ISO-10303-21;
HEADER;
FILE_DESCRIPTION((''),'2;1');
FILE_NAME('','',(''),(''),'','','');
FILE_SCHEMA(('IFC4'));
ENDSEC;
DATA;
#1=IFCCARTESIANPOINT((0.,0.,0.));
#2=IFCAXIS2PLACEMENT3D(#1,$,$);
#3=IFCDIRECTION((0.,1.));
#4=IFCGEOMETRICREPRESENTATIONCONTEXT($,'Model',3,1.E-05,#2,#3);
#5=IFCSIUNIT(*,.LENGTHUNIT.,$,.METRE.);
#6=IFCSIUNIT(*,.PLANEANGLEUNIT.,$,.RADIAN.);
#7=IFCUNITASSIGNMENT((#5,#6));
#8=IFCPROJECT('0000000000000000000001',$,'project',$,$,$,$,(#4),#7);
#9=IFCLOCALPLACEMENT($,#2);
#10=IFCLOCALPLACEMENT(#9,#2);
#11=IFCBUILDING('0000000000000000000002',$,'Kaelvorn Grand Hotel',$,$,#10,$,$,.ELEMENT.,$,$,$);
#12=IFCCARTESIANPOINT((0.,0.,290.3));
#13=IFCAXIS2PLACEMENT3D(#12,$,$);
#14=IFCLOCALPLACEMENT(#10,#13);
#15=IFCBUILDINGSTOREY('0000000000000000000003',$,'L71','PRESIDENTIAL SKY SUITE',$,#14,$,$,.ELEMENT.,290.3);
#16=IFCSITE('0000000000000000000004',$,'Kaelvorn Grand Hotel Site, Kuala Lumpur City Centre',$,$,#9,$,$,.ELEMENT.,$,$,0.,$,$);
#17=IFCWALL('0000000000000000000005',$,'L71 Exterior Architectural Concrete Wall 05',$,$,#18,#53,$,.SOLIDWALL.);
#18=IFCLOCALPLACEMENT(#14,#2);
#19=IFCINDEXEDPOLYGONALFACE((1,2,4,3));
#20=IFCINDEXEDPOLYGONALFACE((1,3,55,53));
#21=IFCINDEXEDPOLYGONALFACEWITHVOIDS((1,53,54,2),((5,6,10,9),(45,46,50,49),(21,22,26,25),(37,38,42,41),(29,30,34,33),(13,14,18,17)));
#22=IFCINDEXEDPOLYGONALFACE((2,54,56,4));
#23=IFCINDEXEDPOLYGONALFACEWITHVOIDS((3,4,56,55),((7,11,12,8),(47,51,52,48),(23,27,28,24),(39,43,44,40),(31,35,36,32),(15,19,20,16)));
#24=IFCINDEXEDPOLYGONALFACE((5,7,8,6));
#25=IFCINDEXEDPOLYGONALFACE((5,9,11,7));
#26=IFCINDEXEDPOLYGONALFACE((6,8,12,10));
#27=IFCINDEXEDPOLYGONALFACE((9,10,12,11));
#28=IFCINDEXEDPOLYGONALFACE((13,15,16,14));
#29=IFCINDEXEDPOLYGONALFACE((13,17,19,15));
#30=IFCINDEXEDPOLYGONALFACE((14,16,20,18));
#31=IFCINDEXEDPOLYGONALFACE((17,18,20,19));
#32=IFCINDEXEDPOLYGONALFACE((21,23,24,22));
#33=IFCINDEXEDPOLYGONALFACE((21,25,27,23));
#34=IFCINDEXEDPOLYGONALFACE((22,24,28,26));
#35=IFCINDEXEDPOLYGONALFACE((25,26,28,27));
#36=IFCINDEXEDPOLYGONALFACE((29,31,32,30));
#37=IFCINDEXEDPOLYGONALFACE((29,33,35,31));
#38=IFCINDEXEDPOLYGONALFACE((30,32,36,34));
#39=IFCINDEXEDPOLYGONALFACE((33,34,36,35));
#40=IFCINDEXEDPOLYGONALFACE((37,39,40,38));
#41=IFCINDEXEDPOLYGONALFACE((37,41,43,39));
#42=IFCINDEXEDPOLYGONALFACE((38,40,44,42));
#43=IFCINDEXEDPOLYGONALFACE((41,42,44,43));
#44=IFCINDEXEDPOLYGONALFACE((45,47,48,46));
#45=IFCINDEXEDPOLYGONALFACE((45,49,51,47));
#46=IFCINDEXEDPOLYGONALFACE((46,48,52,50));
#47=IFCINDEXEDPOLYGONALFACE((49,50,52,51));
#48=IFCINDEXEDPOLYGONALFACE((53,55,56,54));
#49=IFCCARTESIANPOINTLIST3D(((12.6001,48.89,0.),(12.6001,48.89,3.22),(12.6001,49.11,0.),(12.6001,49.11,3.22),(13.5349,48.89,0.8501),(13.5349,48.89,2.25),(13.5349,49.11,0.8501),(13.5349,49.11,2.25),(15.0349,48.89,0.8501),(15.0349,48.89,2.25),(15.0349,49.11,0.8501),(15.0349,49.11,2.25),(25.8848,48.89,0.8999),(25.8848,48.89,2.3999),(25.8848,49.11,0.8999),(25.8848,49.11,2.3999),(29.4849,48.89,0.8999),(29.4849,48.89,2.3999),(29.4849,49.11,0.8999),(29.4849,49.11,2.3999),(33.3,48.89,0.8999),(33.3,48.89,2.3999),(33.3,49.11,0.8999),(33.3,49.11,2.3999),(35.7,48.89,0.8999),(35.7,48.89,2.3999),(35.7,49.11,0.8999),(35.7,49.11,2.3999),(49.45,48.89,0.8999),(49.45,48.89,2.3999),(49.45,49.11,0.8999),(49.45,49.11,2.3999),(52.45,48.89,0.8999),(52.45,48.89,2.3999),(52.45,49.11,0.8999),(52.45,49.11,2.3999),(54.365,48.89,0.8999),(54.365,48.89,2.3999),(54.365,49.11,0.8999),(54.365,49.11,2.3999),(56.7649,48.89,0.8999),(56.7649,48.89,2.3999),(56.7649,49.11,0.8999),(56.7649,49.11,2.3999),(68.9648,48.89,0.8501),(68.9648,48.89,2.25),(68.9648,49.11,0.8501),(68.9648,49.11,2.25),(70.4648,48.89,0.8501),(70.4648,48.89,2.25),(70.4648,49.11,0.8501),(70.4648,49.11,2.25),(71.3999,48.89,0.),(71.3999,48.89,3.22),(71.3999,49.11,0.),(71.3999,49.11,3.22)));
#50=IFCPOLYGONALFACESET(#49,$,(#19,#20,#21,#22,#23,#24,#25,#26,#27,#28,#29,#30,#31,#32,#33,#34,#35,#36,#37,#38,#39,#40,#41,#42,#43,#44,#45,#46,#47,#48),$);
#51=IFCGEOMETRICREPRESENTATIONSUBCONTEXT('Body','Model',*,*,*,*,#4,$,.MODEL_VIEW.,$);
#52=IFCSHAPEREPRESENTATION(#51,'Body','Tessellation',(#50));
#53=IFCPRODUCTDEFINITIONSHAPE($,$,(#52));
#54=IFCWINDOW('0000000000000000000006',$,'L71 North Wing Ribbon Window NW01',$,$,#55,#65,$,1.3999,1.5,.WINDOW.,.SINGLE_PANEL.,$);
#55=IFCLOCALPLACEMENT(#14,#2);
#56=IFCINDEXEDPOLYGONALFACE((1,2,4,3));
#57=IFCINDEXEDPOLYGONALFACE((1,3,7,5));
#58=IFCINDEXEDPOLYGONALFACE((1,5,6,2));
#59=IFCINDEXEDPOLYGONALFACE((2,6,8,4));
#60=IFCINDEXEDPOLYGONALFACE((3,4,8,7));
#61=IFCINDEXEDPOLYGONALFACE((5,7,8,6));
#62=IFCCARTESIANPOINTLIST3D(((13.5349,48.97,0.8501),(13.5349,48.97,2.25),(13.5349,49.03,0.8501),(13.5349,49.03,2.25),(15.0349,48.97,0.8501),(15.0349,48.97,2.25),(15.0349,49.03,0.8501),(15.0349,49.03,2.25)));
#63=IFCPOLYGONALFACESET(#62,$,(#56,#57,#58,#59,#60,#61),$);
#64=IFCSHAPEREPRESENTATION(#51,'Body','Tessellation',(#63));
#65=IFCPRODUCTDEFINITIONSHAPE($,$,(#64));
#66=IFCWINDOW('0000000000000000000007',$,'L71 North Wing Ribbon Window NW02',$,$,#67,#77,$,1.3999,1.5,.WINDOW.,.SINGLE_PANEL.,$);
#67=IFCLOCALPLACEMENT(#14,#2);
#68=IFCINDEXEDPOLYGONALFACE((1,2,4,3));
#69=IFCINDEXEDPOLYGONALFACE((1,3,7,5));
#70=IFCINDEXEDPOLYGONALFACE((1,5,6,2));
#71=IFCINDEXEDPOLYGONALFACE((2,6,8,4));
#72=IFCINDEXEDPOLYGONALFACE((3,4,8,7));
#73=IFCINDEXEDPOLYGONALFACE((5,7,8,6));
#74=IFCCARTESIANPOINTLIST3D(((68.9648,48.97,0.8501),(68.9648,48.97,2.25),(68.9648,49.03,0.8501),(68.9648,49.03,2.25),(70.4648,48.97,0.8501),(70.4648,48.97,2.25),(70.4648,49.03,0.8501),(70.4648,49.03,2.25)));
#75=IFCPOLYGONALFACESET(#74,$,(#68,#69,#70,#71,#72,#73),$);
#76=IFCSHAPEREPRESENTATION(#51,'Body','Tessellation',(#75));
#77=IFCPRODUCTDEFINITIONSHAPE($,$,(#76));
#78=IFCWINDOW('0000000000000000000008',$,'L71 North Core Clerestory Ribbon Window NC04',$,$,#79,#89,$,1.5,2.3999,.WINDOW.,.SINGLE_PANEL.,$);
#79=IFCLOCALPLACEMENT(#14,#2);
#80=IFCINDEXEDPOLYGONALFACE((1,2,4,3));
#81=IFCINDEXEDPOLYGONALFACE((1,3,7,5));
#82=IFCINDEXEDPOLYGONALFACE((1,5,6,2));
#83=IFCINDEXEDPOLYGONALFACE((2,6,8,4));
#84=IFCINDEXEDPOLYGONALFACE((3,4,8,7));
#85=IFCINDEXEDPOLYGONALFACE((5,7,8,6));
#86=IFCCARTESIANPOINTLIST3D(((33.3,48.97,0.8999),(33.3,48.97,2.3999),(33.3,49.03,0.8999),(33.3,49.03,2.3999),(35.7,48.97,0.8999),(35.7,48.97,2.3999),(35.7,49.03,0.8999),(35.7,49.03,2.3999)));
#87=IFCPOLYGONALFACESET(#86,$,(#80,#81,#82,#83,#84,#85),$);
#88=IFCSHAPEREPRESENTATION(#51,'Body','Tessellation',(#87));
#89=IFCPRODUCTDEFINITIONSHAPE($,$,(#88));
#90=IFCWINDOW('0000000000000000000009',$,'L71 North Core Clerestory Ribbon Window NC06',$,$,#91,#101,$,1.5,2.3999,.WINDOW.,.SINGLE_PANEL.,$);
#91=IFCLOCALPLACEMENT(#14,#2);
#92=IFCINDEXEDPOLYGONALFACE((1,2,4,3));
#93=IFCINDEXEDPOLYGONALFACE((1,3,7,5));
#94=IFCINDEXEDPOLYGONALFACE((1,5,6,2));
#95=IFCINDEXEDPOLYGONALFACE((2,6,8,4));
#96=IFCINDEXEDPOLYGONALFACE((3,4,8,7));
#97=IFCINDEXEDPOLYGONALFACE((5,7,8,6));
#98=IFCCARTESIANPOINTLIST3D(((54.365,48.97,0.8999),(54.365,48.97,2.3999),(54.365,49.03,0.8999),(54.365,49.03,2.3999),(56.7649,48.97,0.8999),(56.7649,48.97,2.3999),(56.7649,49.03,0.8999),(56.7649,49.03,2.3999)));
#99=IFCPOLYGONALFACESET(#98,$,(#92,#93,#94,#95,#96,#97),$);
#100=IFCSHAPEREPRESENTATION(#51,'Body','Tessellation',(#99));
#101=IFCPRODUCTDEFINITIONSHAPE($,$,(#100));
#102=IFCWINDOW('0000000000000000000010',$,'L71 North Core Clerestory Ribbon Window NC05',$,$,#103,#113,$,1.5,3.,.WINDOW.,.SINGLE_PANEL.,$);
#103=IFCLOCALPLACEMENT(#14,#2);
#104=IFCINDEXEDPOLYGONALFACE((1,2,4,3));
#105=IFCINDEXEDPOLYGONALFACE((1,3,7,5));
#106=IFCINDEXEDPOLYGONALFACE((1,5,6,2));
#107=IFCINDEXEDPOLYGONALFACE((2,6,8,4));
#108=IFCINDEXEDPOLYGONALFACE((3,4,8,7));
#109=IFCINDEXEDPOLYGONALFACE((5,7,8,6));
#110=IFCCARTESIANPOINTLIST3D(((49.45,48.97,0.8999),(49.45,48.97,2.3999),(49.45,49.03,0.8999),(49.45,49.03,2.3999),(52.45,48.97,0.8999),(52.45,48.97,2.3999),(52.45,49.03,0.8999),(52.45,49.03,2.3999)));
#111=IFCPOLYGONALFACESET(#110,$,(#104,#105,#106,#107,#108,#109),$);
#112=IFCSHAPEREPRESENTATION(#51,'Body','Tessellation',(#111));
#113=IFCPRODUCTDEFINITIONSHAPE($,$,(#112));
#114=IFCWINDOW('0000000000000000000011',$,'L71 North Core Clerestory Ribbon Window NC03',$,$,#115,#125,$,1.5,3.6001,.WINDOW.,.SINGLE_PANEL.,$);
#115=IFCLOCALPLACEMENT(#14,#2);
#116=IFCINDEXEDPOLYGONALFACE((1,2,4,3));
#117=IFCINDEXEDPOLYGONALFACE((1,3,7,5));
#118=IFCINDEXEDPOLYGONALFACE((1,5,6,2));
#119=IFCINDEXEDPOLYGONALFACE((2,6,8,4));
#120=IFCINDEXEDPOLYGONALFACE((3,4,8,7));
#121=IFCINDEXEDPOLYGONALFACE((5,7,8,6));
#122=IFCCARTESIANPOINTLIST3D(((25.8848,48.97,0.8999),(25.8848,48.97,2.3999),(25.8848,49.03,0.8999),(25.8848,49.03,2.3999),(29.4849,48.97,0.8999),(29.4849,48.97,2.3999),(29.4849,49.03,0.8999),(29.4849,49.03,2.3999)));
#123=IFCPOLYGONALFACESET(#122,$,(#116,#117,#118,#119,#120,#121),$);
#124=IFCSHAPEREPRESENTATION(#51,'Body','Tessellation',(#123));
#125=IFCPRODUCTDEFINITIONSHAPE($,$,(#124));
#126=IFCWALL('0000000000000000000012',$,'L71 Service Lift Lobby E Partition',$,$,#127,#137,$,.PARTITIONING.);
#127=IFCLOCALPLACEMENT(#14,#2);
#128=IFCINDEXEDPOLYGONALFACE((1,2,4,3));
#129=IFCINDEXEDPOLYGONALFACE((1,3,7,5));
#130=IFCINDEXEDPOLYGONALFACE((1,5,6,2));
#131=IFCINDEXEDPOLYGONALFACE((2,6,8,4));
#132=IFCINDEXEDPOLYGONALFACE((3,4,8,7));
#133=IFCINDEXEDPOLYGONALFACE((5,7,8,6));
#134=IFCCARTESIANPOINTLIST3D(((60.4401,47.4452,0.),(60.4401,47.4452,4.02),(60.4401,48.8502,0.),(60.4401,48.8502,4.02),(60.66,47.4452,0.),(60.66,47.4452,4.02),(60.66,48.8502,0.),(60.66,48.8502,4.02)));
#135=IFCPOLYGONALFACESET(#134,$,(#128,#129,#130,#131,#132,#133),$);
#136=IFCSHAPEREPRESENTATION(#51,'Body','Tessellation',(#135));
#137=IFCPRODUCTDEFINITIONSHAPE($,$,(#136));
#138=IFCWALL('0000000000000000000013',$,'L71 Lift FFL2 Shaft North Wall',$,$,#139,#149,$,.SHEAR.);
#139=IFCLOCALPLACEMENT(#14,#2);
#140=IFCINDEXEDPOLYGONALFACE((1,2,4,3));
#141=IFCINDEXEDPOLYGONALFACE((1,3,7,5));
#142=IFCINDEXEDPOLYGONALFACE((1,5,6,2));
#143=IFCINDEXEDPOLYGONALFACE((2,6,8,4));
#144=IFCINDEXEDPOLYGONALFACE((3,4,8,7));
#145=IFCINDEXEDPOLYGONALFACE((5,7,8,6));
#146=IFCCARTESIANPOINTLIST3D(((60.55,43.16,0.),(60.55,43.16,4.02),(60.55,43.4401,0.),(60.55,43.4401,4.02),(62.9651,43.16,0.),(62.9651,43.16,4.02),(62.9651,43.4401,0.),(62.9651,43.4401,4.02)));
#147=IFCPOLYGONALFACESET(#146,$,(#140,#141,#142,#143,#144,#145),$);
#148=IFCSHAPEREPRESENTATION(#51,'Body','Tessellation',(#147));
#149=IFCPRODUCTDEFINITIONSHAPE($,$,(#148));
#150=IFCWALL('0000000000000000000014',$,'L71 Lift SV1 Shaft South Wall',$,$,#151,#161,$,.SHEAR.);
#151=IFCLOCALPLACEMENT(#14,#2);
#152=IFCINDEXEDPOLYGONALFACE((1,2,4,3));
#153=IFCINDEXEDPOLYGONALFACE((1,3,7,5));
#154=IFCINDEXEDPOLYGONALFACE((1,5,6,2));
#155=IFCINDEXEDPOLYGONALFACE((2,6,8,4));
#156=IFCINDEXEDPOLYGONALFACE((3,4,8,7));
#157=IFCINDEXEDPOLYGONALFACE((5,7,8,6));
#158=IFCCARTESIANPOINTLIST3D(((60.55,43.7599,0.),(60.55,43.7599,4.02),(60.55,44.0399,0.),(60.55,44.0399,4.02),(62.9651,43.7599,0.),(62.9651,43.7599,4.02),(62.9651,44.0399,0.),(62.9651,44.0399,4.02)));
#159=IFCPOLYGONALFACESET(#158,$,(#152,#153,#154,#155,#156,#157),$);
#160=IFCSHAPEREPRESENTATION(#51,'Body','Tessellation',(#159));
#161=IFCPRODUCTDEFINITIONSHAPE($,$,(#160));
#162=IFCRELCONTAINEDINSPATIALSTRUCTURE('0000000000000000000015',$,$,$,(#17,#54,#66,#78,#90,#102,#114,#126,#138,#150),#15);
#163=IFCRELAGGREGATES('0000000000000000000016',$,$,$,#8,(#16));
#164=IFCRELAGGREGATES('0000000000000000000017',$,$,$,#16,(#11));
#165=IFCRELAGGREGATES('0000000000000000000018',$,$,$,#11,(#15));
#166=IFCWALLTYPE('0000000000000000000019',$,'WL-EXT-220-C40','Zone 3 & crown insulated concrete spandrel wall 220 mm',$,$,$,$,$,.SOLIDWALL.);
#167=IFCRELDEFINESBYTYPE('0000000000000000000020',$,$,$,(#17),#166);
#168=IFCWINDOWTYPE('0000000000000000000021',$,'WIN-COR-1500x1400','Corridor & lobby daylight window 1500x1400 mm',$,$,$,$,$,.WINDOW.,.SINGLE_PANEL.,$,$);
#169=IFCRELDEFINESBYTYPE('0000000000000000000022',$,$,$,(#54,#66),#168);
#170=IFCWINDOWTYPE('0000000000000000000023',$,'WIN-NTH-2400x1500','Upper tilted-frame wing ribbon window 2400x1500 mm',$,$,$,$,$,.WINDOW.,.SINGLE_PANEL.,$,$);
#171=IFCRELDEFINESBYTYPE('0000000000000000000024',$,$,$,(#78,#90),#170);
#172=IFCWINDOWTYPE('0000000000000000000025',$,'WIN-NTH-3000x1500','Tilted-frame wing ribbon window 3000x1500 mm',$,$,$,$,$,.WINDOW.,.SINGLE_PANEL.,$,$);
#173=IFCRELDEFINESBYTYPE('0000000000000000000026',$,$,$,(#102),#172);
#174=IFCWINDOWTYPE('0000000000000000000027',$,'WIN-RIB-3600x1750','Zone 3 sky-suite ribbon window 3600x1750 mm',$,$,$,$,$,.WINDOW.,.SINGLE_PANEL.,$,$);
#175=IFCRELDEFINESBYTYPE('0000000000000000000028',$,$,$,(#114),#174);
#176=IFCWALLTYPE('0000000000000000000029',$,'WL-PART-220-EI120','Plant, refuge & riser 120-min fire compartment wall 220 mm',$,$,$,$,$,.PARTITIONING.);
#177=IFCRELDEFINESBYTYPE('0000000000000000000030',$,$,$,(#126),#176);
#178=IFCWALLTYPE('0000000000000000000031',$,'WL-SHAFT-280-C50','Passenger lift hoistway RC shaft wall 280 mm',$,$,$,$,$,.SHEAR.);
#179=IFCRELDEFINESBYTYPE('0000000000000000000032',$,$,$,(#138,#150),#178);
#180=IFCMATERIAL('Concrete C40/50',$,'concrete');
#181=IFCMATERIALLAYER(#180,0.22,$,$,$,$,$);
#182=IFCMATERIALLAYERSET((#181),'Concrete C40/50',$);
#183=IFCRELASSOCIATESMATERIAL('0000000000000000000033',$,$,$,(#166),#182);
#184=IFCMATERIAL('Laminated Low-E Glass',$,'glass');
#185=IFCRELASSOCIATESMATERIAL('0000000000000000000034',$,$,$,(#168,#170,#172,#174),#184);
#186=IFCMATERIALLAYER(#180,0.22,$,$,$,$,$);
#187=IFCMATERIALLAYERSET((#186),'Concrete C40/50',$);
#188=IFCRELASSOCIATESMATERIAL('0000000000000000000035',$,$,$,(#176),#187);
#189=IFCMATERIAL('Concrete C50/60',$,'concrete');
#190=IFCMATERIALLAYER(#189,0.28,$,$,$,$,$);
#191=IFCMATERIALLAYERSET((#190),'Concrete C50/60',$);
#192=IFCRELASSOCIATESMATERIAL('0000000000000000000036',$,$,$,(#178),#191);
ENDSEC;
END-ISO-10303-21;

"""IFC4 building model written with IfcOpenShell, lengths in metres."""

from ifc_helpers import new_model, si_unit, direction, frame, frame_2d, origin, place, context, subcontext, project, spatial, rectangle, extrude, material, layer, layer_set, type_object, element, fill, save


model = new_model("IFC4")

# Units and contexts
model_context = context("Model", 3, precision=1e-05, world=origin(), true_north=direction((0.0, 1.0)))
body_context = subcontext(model_context, "Body", "Model", "MODEL_VIEW")
ifc_project = project(units=[si_unit("LENGTHUNIT", "METRE"), si_unit("PLANEANGLEUNIT", "RADIAN")], contexts=[model_context])

# Site, building, storey
site_placement = place(None, origin())
site = spatial("IfcSite", under=ifc_project, at=site_placement, Name="Kaelvorn Grand Hotel Site, Kuala Lumpur City Centre", CompositionType="ELEMENT", RefElevation=0.0)
building_placement = place(site_placement, origin())
building = spatial("IfcBuilding", under=site, at=building_placement, Name="Kaelvorn Grand Hotel", CompositionType="ELEMENT")
storey_placement = place(building_placement, frame((0.0, 0.0, 290.3)))
storey = spatial("IfcBuildingStorey", under=building, at=storey_placement, Name="L71", Description="PRESIDENTIAL SKY SUITE", CompositionType="ELEMENT", Elevation=290.3)

# Shared definitions
ifc_material_1 = material(Name="Concrete C50/60", Category="concrete")

# Shared definitions
ifc_material_2 = material(Name="Concrete C40/50", Category="concrete")
ifc_layer_1 = layer(ifc_material_2, 0.22)
ifc_layer_set_1 = layer_set([ifc_layer_1], Name="Concrete C40/50")
wall_type_1 = type_object("IfcWallType", Name="WL-EXT-220-C40", Description="Zone 3 & crown insulated concrete spandrel wall 220 mm", PredefinedType="SOLIDWALL", material=ifc_layer_set_1)
ifc_material_3 = material(Name="Laminated Low-E Glass", Category="glass")

# Wall, openings, windows
wall_1_placement = place(storey_placement, frame((71.3999, 49.0, 0.0), z_axis=(0.0, 0.0, 1.0), x_axis=(-1.0, 0.0, 0.0)))
wall_1 = element("IfcWall", 1, at=wall_1_placement, inside=storey, type_object=wall_type_1, Name="L71 Exterior Architectural Concrete Wall 05", PredefinedType="SOLIDWALL", context=body_context, shape_type="SweptSolid", body=[
    extrude(rectangle(XDim=58.7998, YDim=0.22, at=frame_2d((29.3999, 0.0))), origin(), (0.0, 0.0, 1.0), 3.22),
])
opening_1_placement = place(wall_1_placement, frame((56.365, 0.0, 0.8501)))
opening_1 = element("IfcOpeningElement", 2, at=opening_1_placement, cuts=wall_1, PredefinedType="OPENING", context=body_context, shape_type="SweptSolid", body=[
    extrude(rectangle(XDim=1.5, YDim=1.3999, at=frame_2d((0.75, 0.7))), frame((0.0, 0.1201, 0.0), z_axis=(0.0, -1.0, 0.0), x_axis=(1.0, 0.0, 0.0)), (0.0, 0.0, 1.0), 0.24),
])
opening_2_placement = place(wall_1_placement, frame((0.9351, 0.0, 0.8501)))
opening_2 = element("IfcOpeningElement", 3, at=opening_2_placement, cuts=wall_1, PredefinedType="OPENING", context=body_context, shape_type="SweptSolid", body=[
    extrude(rectangle(XDim=1.5, YDim=1.3999, at=frame_2d((0.75, 0.7))), frame((0.0, 0.1201, 0.0), z_axis=(0.0, -1.0, 0.0), x_axis=(1.0, 0.0, 0.0)), (0.0, 0.0, 1.0), 0.24),
])
opening_3_placement = place(wall_1_placement, frame((41.915, 0.0, 0.8999)))
opening_3 = element("IfcOpeningElement", 4, at=opening_3_placement, cuts=wall_1, PredefinedType="OPENING", context=body_context, shape_type="SweptSolid", body=[
    extrude(rectangle(XDim=3.6001, YDim=1.5, at=frame_2d((1.8, 0.75))), frame((0.0, 0.1201, 0.0), z_axis=(0.0, -1.0, 0.0), x_axis=(1.0, 0.0, 0.0)), (0.0, 0.0, 1.0), 0.24),
])
opening_4_placement = place(wall_1_placement, frame((35.7, 0.0, 0.8999)))
opening_4 = element("IfcOpeningElement", 5, at=opening_4_placement, cuts=wall_1, PredefinedType="OPENING", context=body_context, shape_type="SweptSolid", body=[
    extrude(rectangle(XDim=2.3999, YDim=1.5, at=frame_2d((1.2, 0.75))), frame((0.0, 0.1201, 0.0), z_axis=(0.0, -1.0, 0.0), x_axis=(1.0, 0.0, 0.0)), (0.0, 0.0, 1.0), 0.24),
])
opening_5_placement = place(wall_1_placement, frame((18.95, 0.0, 0.8999)))
opening_5 = element("IfcOpeningElement", 6, at=opening_5_placement, cuts=wall_1, PredefinedType="OPENING", context=body_context, shape_type="SweptSolid", body=[
    extrude(rectangle(XDim=3.0, YDim=1.5, at=frame_2d((1.5, 0.75))), frame((0.0, 0.1201, 0.0), z_axis=(0.0, -1.0, 0.0), x_axis=(1.0, 0.0, 0.0)), (0.0, 0.0, 1.0), 0.24),
])
opening_6_placement = place(wall_1_placement, frame((14.635, 0.0, 0.8999)))
opening_6 = element("IfcOpeningElement", 7, at=opening_6_placement, cuts=wall_1, PredefinedType="OPENING", context=body_context, shape_type="SweptSolid", body=[
    extrude(rectangle(XDim=2.3999, YDim=1.5, at=frame_2d((1.2, 0.75))), frame((0.0, 0.1201, 0.0), z_axis=(0.0, -1.0, 0.0), x_axis=(1.0, 0.0, 0.0)), (0.0, 0.0, 1.0), 0.24),
])
window_type_1 = type_object("IfcWindowType", Name="WIN-COR-1500x1400", Description="Corridor & lobby daylight window 1500x1400 mm", PartitioningType="SINGLE_PANEL", PredefinedType="WINDOW", material=ifc_material_3)
window_1_placement = place(opening_1_placement, origin())
window_1 = element("IfcWindow", 8, at=window_1_placement, inside=storey, type_object=window_type_1, Name="L71 North Wing Ribbon Window NW01", OverallHeight=1.3999, OverallWidth=1.5, PartitioningType="SINGLE_PANEL", PredefinedType="WINDOW", context=body_context, shape_type="SweptSolid", body=[
    extrude(rectangle(XDim=1.5, YDim=1.3999, at=frame_2d((0.75, 0.7))), frame((0.0, 0.03, 0.0), z_axis=(0.0, -1.0, 0.0), x_axis=(1.0, 0.0, 0.0)), (0.0, 0.0, 1.0), 0.0601),
])
fill(opening_1, window_1)
window_2_placement = place(opening_2_placement, origin())
window_2 = element("IfcWindow", 9, at=window_2_placement, inside=storey, type_object=window_type_1, Name="L71 North Wing Ribbon Window NW02", OverallHeight=1.3999, OverallWidth=1.5, PartitioningType="SINGLE_PANEL", PredefinedType="WINDOW", context=body_context, shape_type="SweptSolid", body=[
    extrude(rectangle(XDim=1.5, YDim=1.3999, at=frame_2d((0.75, 0.7))), frame((0.0, 0.03, 0.0), z_axis=(0.0, -1.0, 0.0), x_axis=(1.0, 0.0, 0.0)), (0.0, 0.0, 1.0), 0.0601),
])
fill(opening_2, window_2)
window_type_2 = type_object("IfcWindowType", Name="WIN-NTH-2400x1500", Description="Upper tilted-frame wing ribbon window 2400x1500 mm", PartitioningType="SINGLE_PANEL", PredefinedType="WINDOW", material=ifc_material_3)
window_3_placement = place(opening_4_placement, origin())
window_3 = element("IfcWindow", 10, at=window_3_placement, inside=storey, type_object=window_type_2, Name="L71 North Core Clerestory Ribbon Window NC04", OverallHeight=1.5, OverallWidth=2.3999, PartitioningType="SINGLE_PANEL", PredefinedType="WINDOW", context=body_context, shape_type="SweptSolid", body=[
    extrude(rectangle(XDim=2.3999, YDim=1.5, at=frame_2d((1.2, 0.75))), frame((0.0, 0.03, 0.0), z_axis=(0.0, -1.0, 0.0), x_axis=(1.0, 0.0, 0.0)), (0.0, 0.0, 1.0), 0.0601),
])
fill(opening_4, window_3)
window_4_placement = place(opening_6_placement, origin())
window_4 = element("IfcWindow", 11, at=window_4_placement, inside=storey, type_object=window_type_2, Name="L71 North Core Clerestory Ribbon Window NC06", OverallHeight=1.5, OverallWidth=2.3999, PartitioningType="SINGLE_PANEL", PredefinedType="WINDOW", context=body_context, shape_type="SweptSolid", body=[
    extrude(rectangle(XDim=2.3999, YDim=1.5, at=frame_2d((1.2, 0.75))), frame((0.0, 0.03, 0.0), z_axis=(0.0, -1.0, 0.0), x_axis=(1.0, 0.0, 0.0)), (0.0, 0.0, 1.0), 0.0601),
])
fill(opening_6, window_4)
window_type_3 = type_object("IfcWindowType", Name="WIN-NTH-3000x1500", Description="Tilted-frame wing ribbon window 3000x1500 mm", PartitioningType="SINGLE_PANEL", PredefinedType="WINDOW", material=ifc_material_3)
window_5_placement = place(opening_5_placement, origin())
window_5 = element("IfcWindow", 12, at=window_5_placement, inside=storey, type_object=window_type_3, Name="L71 North Core Clerestory Ribbon Window NC05", OverallHeight=1.5, OverallWidth=3.0, PartitioningType="SINGLE_PANEL", PredefinedType="WINDOW", context=body_context, shape_type="SweptSolid", body=[
    extrude(rectangle(XDim=3.0, YDim=1.5, at=frame_2d((1.5, 0.75))), frame((0.0, 0.03, 0.0), z_axis=(0.0, -1.0, 0.0), x_axis=(1.0, 0.0, 0.0)), (0.0, 0.0, 1.0), 0.0601),
])
fill(opening_5, window_5)
window_type_4 = type_object("IfcWindowType", Name="WIN-RIB-3600x1750", Description="Zone 3 sky-suite ribbon window 3600x1750 mm", PartitioningType="SINGLE_PANEL", PredefinedType="WINDOW", material=ifc_material_3)
window_6_placement = place(opening_3_placement, origin())
window_6 = element("IfcWindow", 13, at=window_6_placement, inside=storey, type_object=window_type_4, Name="L71 North Core Clerestory Ribbon Window NC03", OverallHeight=1.5, OverallWidth=3.6001, PartitioningType="SINGLE_PANEL", PredefinedType="WINDOW", context=body_context, shape_type="SweptSolid", body=[
    extrude(rectangle(XDim=3.6001, YDim=1.5, at=frame_2d((1.8, 0.75))), frame((0.0, 0.03, 0.0), z_axis=(0.0, -1.0, 0.0), x_axis=(1.0, 0.0, 0.0)), (0.0, 0.0, 1.0), 0.0601),
])
fill(opening_3, window_6)

# Walls
ifc_layer_2 = layer(ifc_material_2, 0.22)
ifc_layer_set_2 = layer_set([ifc_layer_2], Name="Concrete C40/50")
wall_type_2 = type_object("IfcWallType", Name="WL-PART-220-EI120", Description="Plant, refuge & riser 120-min fire compartment wall 220 mm", PredefinedType="PARTITIONING", material=ifc_layer_set_2)
wall_2_placement = place(storey_placement, frame((60.55, 47.4451, 0.0), z_axis=(0.0, 0.0, 1.0), x_axis=(0.0, 1.0, 0.0)))
element("IfcWall", 14, at=wall_2_placement, inside=storey, type_object=wall_type_2, Name="L71 Service Lift Lobby E Partition", PredefinedType="PARTITIONING", context=body_context, shape_type="SweptSolid", body=[
    extrude(rectangle(XDim=1.405, YDim=0.22, at=frame_2d((0.7026, 0.0))), origin(), (0.0, 0.0, 1.0), 4.02),
])
ifc_layer_3 = layer(ifc_material_1, 0.28)
ifc_layer_set_3 = layer_set([ifc_layer_3], Name="Concrete C50/60")
wall_type_3 = type_object("IfcWallType", Name="WL-SHAFT-280-C50", Description="Passenger lift hoistway RC shaft wall 280 mm", PredefinedType="SHEAR", material=ifc_layer_set_3)
for number, where, z_axis, x_axis, name in (
    (15, (60.55, 43.3, 0.0), (0.0, 0.0, 1.0), (1.0, 0.0, 0.0), "L71 Lift FFL2 Shaft North Wall"),
    (16, (60.55, 43.8999, 0.0), (0.0, 0.0, 1.0), (1.0, 0.0, 0.0), "L71 Lift SV1 Shaft South Wall"),
):
    element("IfcWall", number, at=place(storey_placement, frame(where, z_axis=z_axis, x_axis=x_axis)), inside=storey, type_object=wall_type_3, Name=name, PredefinedType="SHEAR", context=body_context, shape_type="SweptSolid", body=[
        extrude(rectangle(XDim=2.415, YDim=0.28, at=frame_2d((1.2075, 0.0))), origin(), (0.0, 0.0, 1.0), 4.02),
    ])

save(model, "model.ifc")
